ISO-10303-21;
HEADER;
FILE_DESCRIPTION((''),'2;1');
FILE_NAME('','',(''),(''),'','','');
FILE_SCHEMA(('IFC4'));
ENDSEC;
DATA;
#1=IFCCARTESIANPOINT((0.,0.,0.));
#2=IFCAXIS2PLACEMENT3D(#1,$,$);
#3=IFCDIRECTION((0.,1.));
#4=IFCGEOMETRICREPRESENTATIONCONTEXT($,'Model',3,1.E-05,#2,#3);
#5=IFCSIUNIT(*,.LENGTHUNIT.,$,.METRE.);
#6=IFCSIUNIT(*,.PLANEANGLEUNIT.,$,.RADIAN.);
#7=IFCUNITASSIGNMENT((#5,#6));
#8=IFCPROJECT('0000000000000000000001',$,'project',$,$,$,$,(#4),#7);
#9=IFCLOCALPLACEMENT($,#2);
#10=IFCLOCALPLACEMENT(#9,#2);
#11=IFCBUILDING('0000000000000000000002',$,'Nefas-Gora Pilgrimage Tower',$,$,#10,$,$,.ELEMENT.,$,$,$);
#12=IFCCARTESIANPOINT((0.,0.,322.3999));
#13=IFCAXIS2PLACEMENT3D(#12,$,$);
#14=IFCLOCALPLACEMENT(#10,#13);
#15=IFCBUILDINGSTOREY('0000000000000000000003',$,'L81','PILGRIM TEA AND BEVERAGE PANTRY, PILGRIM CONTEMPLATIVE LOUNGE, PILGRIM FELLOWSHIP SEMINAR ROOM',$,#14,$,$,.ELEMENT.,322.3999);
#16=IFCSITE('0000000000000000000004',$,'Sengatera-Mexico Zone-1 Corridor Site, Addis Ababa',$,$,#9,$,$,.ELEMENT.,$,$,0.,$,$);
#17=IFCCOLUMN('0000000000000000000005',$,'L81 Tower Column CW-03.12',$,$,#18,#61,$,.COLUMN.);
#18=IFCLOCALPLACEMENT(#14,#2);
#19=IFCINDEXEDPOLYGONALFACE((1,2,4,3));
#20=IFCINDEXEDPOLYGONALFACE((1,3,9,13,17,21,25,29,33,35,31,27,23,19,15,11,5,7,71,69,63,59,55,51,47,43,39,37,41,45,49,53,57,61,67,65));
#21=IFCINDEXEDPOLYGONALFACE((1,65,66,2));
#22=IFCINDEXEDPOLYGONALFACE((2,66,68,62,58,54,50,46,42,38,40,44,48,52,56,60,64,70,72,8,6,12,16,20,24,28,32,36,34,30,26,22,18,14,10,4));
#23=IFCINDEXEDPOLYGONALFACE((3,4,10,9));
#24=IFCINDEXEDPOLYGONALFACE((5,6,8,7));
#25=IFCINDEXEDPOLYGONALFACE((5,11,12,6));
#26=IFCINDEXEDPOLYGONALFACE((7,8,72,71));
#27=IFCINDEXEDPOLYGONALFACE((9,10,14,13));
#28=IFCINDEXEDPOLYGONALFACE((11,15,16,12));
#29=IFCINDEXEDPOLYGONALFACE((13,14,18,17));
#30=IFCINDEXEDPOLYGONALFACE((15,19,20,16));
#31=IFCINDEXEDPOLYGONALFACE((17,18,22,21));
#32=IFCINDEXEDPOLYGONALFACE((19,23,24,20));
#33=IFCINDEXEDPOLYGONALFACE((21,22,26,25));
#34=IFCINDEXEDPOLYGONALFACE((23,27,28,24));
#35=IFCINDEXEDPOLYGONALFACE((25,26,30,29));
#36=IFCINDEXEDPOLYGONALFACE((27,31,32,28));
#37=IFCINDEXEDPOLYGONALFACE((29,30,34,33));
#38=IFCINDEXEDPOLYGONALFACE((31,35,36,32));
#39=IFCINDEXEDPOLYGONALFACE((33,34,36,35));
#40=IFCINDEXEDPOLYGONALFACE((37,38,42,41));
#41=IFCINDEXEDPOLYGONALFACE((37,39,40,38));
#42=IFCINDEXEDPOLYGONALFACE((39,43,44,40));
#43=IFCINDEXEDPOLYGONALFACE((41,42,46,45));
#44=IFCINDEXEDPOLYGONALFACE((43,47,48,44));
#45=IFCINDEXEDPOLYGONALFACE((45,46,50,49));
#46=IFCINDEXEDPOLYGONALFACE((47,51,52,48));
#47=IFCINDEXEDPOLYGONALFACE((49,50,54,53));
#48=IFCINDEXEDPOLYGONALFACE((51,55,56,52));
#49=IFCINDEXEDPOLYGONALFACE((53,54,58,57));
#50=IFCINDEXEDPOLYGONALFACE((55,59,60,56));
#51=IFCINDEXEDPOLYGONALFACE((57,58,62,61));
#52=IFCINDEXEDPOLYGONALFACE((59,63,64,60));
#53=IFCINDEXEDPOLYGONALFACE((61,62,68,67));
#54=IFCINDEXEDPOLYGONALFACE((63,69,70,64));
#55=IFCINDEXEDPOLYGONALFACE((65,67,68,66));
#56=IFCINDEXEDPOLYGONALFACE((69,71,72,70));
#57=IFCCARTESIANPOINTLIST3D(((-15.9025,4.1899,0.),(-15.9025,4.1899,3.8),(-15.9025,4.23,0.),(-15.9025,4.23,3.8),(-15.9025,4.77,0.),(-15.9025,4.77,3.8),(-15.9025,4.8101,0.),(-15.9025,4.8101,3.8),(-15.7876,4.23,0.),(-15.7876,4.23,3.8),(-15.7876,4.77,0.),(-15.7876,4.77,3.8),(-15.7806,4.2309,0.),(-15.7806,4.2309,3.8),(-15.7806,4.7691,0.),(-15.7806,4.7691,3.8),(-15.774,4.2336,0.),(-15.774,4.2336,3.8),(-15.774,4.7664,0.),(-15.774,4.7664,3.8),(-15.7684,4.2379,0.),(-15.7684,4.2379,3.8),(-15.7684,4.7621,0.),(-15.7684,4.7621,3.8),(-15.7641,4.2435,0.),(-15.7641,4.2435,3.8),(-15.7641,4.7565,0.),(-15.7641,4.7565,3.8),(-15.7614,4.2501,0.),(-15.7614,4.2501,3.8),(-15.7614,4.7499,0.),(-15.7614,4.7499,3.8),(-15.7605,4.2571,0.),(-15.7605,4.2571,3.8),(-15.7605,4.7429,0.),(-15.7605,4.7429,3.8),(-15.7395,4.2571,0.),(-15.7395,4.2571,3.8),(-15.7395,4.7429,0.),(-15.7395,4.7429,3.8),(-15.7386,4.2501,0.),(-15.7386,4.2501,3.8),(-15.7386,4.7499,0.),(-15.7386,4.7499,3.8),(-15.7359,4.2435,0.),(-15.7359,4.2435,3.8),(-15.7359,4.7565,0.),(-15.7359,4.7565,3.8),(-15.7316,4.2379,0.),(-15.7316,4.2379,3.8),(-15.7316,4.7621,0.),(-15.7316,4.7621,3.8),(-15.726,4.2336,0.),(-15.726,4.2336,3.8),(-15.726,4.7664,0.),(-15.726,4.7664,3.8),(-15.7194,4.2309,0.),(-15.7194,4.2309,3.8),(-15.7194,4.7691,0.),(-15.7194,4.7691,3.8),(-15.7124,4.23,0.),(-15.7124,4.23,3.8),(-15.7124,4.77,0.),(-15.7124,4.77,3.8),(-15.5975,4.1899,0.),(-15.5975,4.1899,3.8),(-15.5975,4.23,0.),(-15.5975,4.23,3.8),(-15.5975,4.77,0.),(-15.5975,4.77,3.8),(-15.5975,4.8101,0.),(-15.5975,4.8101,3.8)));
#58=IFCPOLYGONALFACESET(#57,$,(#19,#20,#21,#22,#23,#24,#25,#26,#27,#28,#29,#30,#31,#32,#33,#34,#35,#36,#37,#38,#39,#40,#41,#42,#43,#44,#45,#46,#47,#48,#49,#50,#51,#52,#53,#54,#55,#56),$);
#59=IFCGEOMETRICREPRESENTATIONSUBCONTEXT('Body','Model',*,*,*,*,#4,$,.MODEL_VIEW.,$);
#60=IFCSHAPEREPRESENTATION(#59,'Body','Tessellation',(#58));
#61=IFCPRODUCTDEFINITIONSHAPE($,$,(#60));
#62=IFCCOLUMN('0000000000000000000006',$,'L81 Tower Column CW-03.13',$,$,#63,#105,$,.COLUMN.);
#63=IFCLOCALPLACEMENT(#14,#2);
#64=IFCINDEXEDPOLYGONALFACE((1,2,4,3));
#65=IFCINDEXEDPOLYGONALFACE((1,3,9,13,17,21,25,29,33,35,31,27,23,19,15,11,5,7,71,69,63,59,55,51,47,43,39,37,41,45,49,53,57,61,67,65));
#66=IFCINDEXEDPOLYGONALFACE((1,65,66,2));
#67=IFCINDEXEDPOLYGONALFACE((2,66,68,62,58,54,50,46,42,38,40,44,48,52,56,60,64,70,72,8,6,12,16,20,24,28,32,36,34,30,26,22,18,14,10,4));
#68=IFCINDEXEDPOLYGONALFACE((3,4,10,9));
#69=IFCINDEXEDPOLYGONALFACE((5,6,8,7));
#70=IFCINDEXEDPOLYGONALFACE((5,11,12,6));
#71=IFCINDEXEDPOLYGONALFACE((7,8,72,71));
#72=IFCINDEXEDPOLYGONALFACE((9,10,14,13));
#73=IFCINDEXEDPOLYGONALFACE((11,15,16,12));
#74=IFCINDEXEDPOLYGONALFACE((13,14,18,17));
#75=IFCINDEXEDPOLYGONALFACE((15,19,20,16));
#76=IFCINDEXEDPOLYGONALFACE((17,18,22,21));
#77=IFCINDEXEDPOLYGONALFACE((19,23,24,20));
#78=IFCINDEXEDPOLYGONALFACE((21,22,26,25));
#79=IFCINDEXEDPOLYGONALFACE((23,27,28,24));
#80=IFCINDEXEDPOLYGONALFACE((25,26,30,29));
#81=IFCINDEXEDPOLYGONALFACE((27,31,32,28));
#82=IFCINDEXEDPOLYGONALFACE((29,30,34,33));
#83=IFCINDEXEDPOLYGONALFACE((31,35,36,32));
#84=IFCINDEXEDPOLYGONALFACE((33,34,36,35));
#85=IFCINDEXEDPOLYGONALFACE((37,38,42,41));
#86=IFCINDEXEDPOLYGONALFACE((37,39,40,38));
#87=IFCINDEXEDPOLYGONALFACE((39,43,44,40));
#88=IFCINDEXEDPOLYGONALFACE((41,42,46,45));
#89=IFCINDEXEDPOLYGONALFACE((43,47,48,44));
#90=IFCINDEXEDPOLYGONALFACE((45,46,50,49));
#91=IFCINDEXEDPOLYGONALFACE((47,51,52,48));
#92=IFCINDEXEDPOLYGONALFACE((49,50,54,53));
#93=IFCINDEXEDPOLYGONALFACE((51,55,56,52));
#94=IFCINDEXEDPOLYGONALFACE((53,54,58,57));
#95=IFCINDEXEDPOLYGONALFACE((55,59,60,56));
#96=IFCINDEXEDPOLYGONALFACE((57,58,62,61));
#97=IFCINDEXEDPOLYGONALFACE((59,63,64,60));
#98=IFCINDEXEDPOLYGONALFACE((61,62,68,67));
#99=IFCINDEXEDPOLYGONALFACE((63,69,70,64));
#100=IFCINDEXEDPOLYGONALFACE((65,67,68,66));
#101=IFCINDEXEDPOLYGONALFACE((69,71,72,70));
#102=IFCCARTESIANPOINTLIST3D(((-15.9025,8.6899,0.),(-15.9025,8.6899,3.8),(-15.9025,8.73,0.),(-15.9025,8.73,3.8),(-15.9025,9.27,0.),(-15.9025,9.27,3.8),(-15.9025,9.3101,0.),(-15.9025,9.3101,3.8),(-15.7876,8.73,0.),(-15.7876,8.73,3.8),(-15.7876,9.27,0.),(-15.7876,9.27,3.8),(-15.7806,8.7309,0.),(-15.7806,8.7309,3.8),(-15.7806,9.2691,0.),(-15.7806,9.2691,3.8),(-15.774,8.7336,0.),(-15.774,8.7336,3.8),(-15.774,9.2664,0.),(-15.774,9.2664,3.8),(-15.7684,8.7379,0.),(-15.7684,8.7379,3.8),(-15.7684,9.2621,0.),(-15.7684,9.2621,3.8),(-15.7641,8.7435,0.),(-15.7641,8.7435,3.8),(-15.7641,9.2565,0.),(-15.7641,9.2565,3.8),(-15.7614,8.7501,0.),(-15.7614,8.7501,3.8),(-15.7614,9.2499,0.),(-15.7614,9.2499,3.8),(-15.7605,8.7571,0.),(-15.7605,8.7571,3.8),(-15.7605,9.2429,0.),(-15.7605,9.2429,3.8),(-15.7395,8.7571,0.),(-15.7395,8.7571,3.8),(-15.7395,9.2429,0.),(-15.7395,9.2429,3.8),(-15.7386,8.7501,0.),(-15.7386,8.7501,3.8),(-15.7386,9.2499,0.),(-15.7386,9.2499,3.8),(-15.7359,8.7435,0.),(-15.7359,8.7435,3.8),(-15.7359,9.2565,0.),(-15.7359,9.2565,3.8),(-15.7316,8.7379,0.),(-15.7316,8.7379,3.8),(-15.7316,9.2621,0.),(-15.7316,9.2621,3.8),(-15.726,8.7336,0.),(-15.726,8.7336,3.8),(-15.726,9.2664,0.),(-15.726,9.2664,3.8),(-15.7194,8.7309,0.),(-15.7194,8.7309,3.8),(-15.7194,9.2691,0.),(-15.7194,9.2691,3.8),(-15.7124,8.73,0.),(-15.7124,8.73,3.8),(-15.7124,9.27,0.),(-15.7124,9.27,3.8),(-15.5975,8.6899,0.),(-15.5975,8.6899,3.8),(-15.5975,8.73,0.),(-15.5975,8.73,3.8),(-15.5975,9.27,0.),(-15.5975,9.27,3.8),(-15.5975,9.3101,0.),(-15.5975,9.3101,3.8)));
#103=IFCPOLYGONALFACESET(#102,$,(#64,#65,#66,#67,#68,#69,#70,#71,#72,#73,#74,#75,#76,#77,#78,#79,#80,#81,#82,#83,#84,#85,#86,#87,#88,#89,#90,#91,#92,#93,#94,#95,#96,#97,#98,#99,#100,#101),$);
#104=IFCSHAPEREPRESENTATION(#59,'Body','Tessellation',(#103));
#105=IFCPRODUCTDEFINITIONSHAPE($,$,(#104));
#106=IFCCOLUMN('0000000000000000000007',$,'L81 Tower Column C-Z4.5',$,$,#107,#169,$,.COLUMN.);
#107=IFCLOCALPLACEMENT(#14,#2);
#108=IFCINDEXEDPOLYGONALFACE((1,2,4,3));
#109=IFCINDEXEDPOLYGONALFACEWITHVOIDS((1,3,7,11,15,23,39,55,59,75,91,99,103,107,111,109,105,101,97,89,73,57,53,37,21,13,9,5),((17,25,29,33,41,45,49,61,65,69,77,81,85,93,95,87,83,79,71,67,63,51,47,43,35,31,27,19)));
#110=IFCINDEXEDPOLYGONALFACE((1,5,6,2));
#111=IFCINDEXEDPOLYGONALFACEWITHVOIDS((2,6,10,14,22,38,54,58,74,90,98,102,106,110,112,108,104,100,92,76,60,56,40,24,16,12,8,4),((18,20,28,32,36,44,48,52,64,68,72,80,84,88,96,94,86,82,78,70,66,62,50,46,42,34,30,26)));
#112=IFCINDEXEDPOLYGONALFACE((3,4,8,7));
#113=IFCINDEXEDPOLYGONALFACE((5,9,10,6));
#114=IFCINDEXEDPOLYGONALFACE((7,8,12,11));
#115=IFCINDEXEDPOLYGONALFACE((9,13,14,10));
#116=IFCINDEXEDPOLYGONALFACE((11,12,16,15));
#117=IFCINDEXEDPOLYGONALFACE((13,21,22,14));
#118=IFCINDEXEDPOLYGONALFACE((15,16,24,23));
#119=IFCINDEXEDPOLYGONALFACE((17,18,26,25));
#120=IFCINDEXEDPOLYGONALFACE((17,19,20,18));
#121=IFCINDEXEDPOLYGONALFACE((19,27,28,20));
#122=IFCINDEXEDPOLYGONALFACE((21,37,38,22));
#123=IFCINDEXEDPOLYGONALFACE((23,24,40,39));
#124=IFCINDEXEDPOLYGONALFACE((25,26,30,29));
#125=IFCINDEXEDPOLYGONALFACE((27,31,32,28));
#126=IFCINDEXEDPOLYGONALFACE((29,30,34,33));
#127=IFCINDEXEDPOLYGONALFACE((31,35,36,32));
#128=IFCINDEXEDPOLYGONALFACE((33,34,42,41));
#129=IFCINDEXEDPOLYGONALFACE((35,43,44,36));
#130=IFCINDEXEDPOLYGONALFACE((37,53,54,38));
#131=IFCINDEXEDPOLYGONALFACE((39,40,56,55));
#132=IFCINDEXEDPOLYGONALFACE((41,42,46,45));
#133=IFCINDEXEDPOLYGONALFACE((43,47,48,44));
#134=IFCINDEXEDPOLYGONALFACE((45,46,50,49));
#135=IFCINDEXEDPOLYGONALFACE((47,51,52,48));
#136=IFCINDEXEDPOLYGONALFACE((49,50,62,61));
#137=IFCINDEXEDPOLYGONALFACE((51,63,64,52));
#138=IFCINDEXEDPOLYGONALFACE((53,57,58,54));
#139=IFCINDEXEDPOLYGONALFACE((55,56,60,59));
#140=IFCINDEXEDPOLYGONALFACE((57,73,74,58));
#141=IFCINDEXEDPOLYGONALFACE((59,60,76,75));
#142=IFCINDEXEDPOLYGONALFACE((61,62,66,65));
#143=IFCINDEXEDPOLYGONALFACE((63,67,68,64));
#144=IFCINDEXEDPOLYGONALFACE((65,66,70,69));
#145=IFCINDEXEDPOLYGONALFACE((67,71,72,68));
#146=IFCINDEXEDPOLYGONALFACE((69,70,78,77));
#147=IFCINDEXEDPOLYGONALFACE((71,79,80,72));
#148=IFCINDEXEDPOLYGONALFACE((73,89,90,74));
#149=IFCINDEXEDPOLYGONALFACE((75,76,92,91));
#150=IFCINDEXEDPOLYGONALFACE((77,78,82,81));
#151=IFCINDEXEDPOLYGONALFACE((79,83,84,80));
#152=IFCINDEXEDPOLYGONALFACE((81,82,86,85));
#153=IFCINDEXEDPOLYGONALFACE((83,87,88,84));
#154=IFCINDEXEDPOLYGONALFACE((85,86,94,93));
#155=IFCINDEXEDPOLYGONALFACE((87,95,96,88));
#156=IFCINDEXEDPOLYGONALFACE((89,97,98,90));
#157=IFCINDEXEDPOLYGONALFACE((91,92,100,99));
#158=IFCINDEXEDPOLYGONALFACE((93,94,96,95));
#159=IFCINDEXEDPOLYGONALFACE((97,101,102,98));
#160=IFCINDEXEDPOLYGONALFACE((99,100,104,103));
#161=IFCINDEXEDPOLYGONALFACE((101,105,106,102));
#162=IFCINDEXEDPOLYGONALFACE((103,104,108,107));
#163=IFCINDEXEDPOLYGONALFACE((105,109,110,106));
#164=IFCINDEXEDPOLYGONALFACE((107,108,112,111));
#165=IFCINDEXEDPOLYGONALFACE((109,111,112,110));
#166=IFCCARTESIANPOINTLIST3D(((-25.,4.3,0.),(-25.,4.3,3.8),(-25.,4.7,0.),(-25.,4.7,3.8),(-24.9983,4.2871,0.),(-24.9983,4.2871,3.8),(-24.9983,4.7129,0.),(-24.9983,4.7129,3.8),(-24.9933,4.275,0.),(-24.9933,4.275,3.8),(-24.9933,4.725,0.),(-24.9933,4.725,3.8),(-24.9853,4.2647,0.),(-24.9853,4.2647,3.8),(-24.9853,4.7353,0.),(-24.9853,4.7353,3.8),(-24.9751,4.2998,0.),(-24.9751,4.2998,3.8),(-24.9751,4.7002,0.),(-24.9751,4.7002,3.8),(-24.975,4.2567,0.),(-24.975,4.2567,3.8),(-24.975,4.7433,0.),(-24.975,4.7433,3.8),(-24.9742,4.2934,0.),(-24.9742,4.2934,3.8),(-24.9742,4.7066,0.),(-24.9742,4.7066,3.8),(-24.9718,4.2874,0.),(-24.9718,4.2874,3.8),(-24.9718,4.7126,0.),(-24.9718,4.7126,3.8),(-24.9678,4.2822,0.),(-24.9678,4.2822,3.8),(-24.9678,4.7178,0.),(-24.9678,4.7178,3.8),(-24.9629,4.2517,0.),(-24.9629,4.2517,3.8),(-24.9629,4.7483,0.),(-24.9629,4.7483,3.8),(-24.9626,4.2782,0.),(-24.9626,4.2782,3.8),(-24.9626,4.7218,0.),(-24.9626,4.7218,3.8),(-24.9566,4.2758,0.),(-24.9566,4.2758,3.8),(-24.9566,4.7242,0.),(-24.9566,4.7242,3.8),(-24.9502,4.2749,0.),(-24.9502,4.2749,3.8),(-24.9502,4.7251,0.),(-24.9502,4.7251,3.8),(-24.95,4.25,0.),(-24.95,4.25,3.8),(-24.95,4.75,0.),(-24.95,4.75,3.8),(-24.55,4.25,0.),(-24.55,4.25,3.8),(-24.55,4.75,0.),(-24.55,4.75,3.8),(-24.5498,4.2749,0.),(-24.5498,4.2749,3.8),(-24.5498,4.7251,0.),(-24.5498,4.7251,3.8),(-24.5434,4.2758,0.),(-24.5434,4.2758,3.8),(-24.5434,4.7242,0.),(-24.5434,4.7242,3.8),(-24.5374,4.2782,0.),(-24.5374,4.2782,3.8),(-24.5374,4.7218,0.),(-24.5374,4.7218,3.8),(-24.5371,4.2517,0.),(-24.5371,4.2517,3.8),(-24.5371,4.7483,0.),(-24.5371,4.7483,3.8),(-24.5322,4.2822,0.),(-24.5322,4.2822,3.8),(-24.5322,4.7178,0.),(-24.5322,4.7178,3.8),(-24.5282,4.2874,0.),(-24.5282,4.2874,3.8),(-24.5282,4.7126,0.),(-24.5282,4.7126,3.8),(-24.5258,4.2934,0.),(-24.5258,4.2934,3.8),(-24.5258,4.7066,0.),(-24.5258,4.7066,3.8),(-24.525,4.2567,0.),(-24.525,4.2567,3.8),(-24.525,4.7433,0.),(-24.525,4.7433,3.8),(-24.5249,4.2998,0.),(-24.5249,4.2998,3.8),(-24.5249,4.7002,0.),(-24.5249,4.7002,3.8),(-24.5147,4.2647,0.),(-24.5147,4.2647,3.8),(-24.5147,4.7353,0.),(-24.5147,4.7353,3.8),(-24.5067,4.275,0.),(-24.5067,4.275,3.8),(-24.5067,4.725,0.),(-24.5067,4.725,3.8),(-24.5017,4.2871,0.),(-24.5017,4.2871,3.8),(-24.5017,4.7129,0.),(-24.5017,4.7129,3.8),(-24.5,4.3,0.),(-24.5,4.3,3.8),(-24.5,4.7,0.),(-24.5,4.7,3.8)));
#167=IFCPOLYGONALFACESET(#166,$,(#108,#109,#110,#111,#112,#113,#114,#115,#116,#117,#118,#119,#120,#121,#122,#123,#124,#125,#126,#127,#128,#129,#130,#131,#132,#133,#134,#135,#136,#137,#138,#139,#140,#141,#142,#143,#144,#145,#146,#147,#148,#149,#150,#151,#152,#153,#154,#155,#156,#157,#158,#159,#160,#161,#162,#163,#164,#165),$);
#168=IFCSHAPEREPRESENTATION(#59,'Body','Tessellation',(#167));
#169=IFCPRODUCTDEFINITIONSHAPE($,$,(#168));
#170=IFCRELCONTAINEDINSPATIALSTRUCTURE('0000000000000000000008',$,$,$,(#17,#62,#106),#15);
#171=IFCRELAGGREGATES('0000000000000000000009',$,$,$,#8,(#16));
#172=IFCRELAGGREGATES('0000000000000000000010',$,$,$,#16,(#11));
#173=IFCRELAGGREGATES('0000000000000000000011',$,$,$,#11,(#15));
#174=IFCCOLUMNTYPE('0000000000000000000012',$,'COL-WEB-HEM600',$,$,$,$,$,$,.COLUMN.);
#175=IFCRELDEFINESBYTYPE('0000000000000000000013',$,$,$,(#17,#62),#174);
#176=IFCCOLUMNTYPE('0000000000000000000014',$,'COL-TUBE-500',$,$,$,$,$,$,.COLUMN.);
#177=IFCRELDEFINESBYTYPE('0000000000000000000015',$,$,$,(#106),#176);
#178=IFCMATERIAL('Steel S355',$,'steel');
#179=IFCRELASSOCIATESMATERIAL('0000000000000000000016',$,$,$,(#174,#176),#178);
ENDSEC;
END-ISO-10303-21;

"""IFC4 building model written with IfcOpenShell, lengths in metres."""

from ifc_helpers import new_model, si_unit, direction, frame, origin, origin_2d, place, context, subcontext, project, spatial, hollow_rectangle, i_section, extrude, source, transform, mapped, material, material_profile, profile_set, type_object, element, save


model = new_model("IFC4")

# Units and contexts
model_context = context("Model", 3, precision=1e-05, world=origin(), true_north=direction((0.0, 1.0)))
body_context = subcontext(model_context, "Body", "Model", "MODEL_VIEW")
ifc_project = project(units=[si_unit("LENGTHUNIT", "METRE"), si_unit("PLANEANGLEUNIT", "RADIAN")], contexts=[model_context])

# Site, building, storey
site_placement = place(None, origin())
site = spatial("IfcSite", under=ifc_project, at=site_placement, Name="Sengatera-Mexico Zone-1 Corridor Site, Addis Ababa", CompositionType="ELEMENT", RefElevation=0.0)
building_placement = place(site_placement, origin())
building = spatial("IfcBuilding", under=site, at=building_placement, Name="Nefas-Gora Pilgrimage Tower", CompositionType="ELEMENT")
storey_placement = place(building_placement, frame((0.0, 0.0, 322.3999)))
storey = spatial("IfcBuildingStorey", under=building, at=storey_placement, Name="L81", Description="PILGRIM TEA AND BEVERAGE PANTRY, PILGRIM CONTEMPLATIVE LOUNGE, PILGRIM FELLOWSHIP SEMINAR ROOM", CompositionType="ELEMENT", Elevation=322.3999)

# Columns
ifc_material_1 = material(Name="Steel S355", Category="steel")
ifc_material_profile_1 = material_profile(ifc_material_1, i_section(OverallWidth=0.3049, OverallDepth=0.6201, WebThickness=0.021, FlangeThickness=0.04, FilletRadius=0.0271, at=origin_2d()), Name="HEM 600")
ifc_profile_set_1 = profile_set([ifc_material_profile_1], Name="Steel S355")
column_type_1 = type_object("IfcColumnType", Name="COL-WEB-HEM600", PredefinedType="COLUMN", material=ifc_profile_set_1)
shared_shape_1 = source(origin(), body_context, "Body", "SweptSolid", [
    extrude(i_section(OverallWidth=0.3049, OverallDepth=0.6201, WebThickness=0.021, FlangeThickness=0.04, FilletRadius=0.0271, at=origin_2d()), origin(), (0.0, 0.0, 1.0), 3.8),
])
for number, where, z_axis, x_axis, name in (
    (1, (-15.75, 4.5, 0.0), (0.0, 0.0, 1.0), (1.0, 0.0, 0.0), "L81 Tower Column CW-03.12"),
    (2, (-15.75, 9.0, 0.0), (0.0, 0.0, 1.0), (1.0, 0.0, 0.0), "L81 Tower Column CW-03.13"),
):
    element("IfcColumn", number, at=place(storey_placement, frame(where, z_axis=z_axis, x_axis=x_axis)), inside=storey, type_object=column_type_1, Name=name, PredefinedType="COLUMN", context=body_context, shape_type="MappedRepresentation", body=[
        mapped(shared_shape_1, transform((0.0, 0.0, 0.0), x_axis=(1.0, 0.0, 0.0), y_axis=(0.0, 1.0, 0.0), z_axis=(0.0, 0.0, 1.0), scale=1.0)),
    ])
ifc_material_profile_2 = material_profile(ifc_material_1, hollow_rectangle(XDim=0.5, YDim=0.5, WallThickness=0.0249, InnerFilletRadius=0.0249, OuterFilletRadius=0.05, at=origin_2d()), Name="SHS 500x500x25")
ifc_profile_set_2 = profile_set([ifc_material_profile_2], Name="Steel S355")
column_type_2 = type_object("IfcColumnType", Name="COL-TUBE-500", PredefinedType="COLUMN", material=ifc_profile_set_2)
shared_shape_2 = source(origin(), body_context, "Body", "SweptSolid", [
    extrude(hollow_rectangle(XDim=0.5, YDim=0.5, WallThickness=0.0249, InnerFilletRadius=0.0249, OuterFilletRadius=0.05, at=origin_2d()), origin(), (0.0, 0.0, 1.0), 3.8),
])
for number, where, z_axis, x_axis, name in (
    (3, (-24.75, 4.5, 0.0), (0.0, 0.0, 1.0), (1.0, 0.0, 0.0), "L81 Tower Column C-Z4.5"),
):
    element("IfcColumn", number, at=place(storey_placement, frame(where, z_axis=z_axis, x_axis=x_axis)), inside=storey, type_object=column_type_2, Name=name, PredefinedType="COLUMN", context=body_context, shape_type="MappedRepresentation", body=[
        mapped(shared_shape_2, transform((0.0, 0.0, 0.0), x_axis=(1.0, 0.0, 0.0), y_axis=(0.0, 1.0, 0.0), z_axis=(0.0, 0.0, 1.0), scale=1.0)),
    ])

save(model, "model.ifc")
